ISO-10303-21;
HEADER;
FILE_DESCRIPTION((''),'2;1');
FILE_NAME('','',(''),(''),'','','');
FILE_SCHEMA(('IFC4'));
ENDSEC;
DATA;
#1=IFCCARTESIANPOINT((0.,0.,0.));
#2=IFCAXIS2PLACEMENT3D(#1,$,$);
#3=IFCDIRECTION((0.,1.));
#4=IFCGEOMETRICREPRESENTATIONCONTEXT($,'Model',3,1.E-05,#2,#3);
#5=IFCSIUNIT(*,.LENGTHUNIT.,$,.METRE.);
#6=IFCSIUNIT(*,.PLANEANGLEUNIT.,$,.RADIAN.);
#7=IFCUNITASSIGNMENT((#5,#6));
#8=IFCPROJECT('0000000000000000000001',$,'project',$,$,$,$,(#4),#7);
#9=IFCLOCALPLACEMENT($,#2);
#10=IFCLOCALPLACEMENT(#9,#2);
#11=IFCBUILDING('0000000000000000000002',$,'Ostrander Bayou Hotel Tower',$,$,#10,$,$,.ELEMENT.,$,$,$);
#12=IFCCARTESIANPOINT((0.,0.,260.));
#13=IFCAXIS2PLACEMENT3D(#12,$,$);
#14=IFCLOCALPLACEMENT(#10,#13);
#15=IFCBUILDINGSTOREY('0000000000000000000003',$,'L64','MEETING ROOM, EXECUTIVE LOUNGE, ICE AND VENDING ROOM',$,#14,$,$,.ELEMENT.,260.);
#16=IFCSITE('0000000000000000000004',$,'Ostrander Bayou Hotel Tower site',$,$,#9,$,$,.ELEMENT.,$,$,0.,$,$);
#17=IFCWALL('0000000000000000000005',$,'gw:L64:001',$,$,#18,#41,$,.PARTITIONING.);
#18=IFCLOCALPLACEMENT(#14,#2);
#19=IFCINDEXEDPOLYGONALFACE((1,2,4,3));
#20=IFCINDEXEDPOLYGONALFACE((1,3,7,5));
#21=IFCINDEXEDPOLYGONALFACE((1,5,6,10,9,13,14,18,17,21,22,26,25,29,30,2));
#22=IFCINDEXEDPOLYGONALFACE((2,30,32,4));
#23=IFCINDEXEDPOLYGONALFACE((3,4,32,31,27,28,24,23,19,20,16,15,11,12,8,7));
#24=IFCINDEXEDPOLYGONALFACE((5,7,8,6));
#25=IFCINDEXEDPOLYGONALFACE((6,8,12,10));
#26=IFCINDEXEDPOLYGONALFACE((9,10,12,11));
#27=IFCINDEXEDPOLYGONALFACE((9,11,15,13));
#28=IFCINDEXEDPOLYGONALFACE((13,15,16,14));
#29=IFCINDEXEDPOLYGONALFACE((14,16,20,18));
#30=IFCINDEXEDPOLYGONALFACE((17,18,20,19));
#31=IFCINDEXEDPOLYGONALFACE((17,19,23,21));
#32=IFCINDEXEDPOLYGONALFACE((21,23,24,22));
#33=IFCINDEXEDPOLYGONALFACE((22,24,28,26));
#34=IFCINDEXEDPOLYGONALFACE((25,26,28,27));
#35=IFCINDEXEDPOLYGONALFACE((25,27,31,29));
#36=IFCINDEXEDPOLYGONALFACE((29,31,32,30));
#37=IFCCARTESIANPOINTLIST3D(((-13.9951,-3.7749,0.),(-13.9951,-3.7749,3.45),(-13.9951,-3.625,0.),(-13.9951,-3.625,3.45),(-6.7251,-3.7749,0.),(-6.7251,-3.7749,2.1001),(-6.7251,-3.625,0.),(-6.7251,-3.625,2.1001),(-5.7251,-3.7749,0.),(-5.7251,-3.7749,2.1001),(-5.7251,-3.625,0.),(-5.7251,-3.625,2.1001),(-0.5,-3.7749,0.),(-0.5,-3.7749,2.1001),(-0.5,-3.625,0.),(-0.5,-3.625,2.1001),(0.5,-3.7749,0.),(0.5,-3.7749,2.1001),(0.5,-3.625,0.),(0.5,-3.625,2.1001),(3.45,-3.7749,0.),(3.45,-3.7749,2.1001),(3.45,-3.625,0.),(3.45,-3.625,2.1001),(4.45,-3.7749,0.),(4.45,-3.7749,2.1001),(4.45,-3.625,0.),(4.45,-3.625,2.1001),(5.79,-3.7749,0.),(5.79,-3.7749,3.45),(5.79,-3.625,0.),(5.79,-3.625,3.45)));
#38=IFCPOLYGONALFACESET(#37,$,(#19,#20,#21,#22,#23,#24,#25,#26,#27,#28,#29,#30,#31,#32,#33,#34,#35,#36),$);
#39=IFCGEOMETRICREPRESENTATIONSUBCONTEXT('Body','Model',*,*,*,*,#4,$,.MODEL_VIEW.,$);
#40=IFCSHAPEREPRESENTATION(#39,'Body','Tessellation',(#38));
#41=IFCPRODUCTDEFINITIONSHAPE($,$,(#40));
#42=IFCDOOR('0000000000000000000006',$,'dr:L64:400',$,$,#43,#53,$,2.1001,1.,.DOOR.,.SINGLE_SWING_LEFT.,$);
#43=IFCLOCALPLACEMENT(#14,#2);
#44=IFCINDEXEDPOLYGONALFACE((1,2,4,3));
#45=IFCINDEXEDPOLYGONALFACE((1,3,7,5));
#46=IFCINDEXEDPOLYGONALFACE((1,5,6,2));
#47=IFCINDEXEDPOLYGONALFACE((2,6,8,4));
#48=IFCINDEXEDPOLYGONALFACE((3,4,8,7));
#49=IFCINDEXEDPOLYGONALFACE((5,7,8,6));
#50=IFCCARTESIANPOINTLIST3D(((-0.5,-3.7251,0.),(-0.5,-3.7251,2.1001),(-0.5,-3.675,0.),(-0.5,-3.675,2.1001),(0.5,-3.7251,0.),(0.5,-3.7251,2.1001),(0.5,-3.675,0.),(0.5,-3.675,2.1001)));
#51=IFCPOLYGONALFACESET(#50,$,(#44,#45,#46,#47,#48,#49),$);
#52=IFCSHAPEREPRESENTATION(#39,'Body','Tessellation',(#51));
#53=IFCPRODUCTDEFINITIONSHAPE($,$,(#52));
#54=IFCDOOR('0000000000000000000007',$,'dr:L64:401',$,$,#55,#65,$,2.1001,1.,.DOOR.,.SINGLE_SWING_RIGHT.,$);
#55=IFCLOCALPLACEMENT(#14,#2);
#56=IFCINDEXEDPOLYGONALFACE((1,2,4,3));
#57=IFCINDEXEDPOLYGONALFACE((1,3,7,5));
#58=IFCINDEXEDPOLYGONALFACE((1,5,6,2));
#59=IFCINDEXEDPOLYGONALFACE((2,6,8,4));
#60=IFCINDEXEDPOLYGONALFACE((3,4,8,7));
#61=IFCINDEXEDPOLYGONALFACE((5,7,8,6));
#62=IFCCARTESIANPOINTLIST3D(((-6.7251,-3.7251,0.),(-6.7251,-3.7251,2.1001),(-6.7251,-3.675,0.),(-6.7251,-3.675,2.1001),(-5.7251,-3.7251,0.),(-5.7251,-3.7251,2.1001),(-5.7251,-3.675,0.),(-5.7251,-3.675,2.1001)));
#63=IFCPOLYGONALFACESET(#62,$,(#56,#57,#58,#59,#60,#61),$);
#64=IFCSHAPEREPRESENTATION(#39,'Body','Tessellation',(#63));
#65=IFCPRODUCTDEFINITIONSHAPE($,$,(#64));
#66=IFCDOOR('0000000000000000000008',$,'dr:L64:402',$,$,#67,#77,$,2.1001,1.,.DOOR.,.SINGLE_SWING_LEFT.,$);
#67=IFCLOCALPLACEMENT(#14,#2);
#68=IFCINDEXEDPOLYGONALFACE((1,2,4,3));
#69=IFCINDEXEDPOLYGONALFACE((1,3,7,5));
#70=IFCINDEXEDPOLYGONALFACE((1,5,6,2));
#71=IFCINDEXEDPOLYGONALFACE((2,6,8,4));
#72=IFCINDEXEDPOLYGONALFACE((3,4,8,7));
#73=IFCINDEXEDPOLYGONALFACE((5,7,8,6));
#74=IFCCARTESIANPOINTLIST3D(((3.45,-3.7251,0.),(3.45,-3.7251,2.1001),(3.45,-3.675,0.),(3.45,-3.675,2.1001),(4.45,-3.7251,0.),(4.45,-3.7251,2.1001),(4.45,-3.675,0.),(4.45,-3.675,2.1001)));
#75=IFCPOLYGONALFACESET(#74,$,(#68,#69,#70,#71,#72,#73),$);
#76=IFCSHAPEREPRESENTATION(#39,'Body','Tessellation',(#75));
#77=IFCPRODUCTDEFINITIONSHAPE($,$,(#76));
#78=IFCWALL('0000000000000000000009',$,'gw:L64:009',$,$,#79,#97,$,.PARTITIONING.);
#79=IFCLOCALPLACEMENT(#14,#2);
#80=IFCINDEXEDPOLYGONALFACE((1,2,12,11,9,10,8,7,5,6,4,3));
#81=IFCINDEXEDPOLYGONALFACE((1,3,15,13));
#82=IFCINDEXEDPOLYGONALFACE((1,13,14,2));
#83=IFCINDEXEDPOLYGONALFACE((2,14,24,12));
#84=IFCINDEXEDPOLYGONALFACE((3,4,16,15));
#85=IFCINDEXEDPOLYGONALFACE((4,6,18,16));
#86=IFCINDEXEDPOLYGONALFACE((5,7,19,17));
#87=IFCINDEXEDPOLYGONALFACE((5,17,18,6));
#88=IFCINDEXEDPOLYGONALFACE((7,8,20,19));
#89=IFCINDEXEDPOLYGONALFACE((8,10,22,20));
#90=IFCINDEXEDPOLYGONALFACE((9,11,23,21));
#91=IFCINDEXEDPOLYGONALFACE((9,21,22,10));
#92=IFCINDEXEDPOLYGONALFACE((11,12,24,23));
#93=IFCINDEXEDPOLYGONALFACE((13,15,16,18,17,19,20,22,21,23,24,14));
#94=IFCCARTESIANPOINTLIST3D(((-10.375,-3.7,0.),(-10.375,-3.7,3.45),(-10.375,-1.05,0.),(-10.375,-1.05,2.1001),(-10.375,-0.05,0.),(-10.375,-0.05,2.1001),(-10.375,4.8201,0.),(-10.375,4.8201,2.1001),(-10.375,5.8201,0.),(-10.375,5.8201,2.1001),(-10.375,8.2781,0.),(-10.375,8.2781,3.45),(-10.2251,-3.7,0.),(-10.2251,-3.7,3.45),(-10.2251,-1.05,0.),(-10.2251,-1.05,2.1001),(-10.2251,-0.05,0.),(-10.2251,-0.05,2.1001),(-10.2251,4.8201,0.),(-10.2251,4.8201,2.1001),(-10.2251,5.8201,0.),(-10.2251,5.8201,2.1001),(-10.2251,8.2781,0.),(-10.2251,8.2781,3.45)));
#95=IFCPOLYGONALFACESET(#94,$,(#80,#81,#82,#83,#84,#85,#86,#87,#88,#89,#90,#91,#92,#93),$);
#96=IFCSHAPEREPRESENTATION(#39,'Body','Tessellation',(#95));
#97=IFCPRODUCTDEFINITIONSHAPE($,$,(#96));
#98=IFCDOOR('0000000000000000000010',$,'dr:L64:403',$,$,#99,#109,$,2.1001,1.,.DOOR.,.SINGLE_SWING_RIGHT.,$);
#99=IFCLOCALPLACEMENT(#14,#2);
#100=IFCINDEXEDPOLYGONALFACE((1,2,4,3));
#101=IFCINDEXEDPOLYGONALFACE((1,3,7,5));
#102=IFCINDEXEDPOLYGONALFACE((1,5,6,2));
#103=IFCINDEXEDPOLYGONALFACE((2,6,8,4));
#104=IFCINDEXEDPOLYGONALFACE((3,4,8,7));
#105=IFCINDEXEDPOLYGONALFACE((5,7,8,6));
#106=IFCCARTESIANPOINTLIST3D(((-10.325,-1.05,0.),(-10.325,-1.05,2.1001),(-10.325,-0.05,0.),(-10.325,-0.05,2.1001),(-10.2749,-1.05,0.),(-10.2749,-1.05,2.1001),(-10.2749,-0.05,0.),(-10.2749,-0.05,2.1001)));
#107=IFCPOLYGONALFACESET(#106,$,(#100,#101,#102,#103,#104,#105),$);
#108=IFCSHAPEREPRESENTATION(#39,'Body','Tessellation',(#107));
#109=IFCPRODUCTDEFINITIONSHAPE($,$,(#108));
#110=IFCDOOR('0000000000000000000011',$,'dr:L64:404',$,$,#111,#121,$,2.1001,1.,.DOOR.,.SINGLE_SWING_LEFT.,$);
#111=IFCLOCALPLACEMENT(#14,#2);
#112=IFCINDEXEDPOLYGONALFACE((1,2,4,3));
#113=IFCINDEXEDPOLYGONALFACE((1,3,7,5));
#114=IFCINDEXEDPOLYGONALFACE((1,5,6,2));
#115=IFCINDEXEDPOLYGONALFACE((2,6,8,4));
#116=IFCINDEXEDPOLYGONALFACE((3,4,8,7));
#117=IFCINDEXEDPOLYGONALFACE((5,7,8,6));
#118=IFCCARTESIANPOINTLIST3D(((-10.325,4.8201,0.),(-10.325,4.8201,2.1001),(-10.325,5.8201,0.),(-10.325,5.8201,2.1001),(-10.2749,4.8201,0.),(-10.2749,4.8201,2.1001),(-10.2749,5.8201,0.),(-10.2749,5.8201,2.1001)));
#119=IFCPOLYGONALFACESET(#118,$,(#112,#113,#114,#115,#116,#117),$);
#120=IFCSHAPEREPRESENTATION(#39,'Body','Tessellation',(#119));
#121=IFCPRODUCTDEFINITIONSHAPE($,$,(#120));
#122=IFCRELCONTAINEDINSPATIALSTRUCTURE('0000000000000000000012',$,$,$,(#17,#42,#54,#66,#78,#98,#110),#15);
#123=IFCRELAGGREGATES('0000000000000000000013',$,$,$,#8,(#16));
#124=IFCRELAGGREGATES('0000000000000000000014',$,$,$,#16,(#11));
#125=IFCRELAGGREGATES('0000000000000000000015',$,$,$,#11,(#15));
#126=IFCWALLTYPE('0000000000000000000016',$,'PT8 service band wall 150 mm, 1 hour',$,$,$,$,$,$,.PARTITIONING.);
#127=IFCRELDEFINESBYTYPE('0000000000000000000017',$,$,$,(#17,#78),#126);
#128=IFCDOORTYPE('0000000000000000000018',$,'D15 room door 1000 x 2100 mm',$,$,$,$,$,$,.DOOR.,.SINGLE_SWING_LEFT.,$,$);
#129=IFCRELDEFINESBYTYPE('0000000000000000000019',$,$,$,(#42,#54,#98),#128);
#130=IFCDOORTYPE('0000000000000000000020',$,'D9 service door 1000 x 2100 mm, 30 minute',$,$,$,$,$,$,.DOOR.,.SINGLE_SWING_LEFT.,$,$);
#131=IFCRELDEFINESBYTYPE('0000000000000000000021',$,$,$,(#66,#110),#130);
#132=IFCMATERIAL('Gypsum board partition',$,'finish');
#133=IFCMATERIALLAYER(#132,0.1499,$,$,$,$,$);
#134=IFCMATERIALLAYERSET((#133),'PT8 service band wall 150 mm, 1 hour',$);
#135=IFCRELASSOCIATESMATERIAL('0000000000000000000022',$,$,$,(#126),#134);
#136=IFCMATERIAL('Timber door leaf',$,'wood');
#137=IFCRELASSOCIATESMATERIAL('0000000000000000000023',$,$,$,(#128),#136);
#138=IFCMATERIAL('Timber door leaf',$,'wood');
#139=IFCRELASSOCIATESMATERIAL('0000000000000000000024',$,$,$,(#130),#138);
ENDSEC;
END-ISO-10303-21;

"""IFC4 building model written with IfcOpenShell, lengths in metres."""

from ifc_helpers import new_model, si_unit, direction, frame, frame_2d, origin, place, context, subcontext, project, spatial, rectangle, extrude, material, layer, layer_set, type_object, element, fill, save


model = new_model("IFC4")

# Units and contexts
model_context = context("Model", 3, precision=1e-05, world=origin(), true_north=direction((0.0, 1.0)))
body_context = subcontext(model_context, "Body", "Model", "MODEL_VIEW")
ifc_project = project(units=[si_unit("LENGTHUNIT", "METRE"), si_unit("PLANEANGLEUNIT", "RADIAN")], contexts=[model_context])

# Site, building, storey
site_placement = place(None, origin())
site = spatial("IfcSite", under=ifc_project, at=site_placement, Name="Ostrander Bayou Hotel Tower site", CompositionType="ELEMENT", RefElevation=0.0)
building_placement = place(site_placement, origin())
building = spatial("IfcBuilding", under=site, at=building_placement, Name="Ostrander Bayou Hotel Tower", CompositionType="ELEMENT")
storey_placement = place(building_placement, frame((0.0, 0.0, 260.0)))
storey = spatial("IfcBuildingStorey", under=building, at=storey_placement, Name="L64", Description="MEETING ROOM, EXECUTIVE LOUNGE, ICE AND VENDING ROOM", CompositionType="ELEMENT", Elevation=260.0)

# Walls, openings, doors
ifc_material_1 = material(Name="Gypsum board partition", Category="finish")
ifc_layer_1 = layer(ifc_material_1, 0.1499)
ifc_layer_set_1 = layer_set([ifc_layer_1], Name="PT8 service band wall 150 mm, 1 hour")
wall_type_1 = type_object("IfcWallType", Name="PT8 service band wall 150 mm, 1 hour", PredefinedType="PARTITIONING", material=ifc_layer_set_1)
wall_1_placement = place(storey_placement, frame((-13.9951, -3.7, 0.0), z_axis=(0.0, 0.0, 1.0), x_axis=(1.0, 0.0, 0.0)))
wall_1 = element("IfcWall", 1, at=wall_1_placement, inside=storey, type_object=wall_type_1, Name="gw:L64:001", PredefinedType="PARTITIONING", context=body_context, shape_type="SweptSolid", body=[
    extrude(rectangle(XDim=19.7852, YDim=0.1499, at=frame_2d((9.8926, 0.0))), origin(), (0.0, 0.0, 1.0), 3.45),
])
opening_1_placement = place(wall_1_placement, frame((13.4951, 0.0, 0.0)))
opening_1 = element("IfcOpeningElement", 2, at=opening_1_placement, cuts=wall_1, PredefinedType="OPENING", context=body_context, shape_type="SweptSolid", body=[
    extrude(rectangle(XDim=1.0, YDim=2.1001, at=frame_2d((0.5, 1.05))), frame((0.0, 0.075, 0.0), z_axis=(0.0, -1.0, 0.0), x_axis=(1.0, 0.0, 0.0)), (0.0, 0.0, 1.0), 0.1499),
])
opening_2_placement = place(wall_1_placement, frame((7.27, 0.0, 0.0)))
opening_2 = element("IfcOpeningElement", 3, at=opening_2_placement, cuts=wall_1, PredefinedType="OPENING", context=body_context, shape_type="SweptSolid", body=[
    extrude(rectangle(XDim=1.0, YDim=2.1001, at=frame_2d((0.5, 1.05))), frame((0.0, 0.075, 0.0), z_axis=(0.0, -1.0, 0.0), x_axis=(1.0, 0.0, 0.0)), (0.0, 0.0, 1.0), 0.1499),
])
opening_3_placement = place(wall_1_placement, frame((17.4451, 0.0, 0.0)))
opening_3 = element("IfcOpeningElement", 4, at=opening_3_placement, cuts=wall_1, PredefinedType="OPENING", context=body_context, shape_type="SweptSolid", body=[
    extrude(rectangle(XDim=1.0, YDim=2.1001, at=frame_2d((0.5, 1.05))), frame((0.0, 0.075, 0.0), z_axis=(0.0, -1.0, 0.0), x_axis=(1.0, 0.0, 0.0)), (0.0, 0.0, 1.0), 0.1499),
])
ifc_material_2 = material(Name="Timber door leaf", Category="wood")
door_type_1 = type_object("IfcDoorType", Name="D15 room door 1000 x 2100 mm", OperationType="SINGLE_SWING_LEFT", PredefinedType="DOOR", material=ifc_material_2)
door_1_placement = place(opening_1_placement, origin())
door_1 = element("IfcDoor", 5, at=door_1_placement, inside=storey, type_object=door_type_1, Name="dr:L64:400", OperationType="SINGLE_SWING_LEFT", OverallHeight=2.1001, OverallWidth=1.0, PredefinedType="DOOR", context=body_context, shape_type="SweptSolid", body=[
    extrude(rectangle(XDim=1.0, YDim=2.1001, at=frame_2d((0.5, 1.05))), frame((0.0, 0.0249, 0.0), z_axis=(0.0, -1.0, 0.0), x_axis=(1.0, 0.0, 0.0)), (0.0, 0.0, 1.0), 0.05),
])
fill(opening_1, door_1)
door_2_placement = place(opening_2_placement, origin())
door_2 = element("IfcDoor", 6, at=door_2_placement, inside=storey, type_object=door_type_1, Name="dr:L64:401", OperationType="SINGLE_SWING_RIGHT", OverallHeight=2.1001, OverallWidth=1.0, PredefinedType="DOOR", context=body_context, shape_type="SweptSolid", body=[
    extrude(rectangle(XDim=1.0, YDim=2.1001, at=frame_2d((0.5, 1.05))), frame((0.0, 0.0249, 0.0), z_axis=(0.0, -1.0, 0.0), x_axis=(1.0, 0.0, 0.0)), (0.0, 0.0, 1.0), 0.05),
])
fill(opening_2, door_2)
ifc_material_3 = material(Name="Timber door leaf", Category="wood")
door_type_2 = type_object("IfcDoorType", Name="D9 service door 1000 x 2100 mm, 30 minute", OperationType="SINGLE_SWING_LEFT", PredefinedType="DOOR", material=ifc_material_3)
door_3_placement = place(opening_3_placement, origin())
door_3 = element("IfcDoor", 7, at=door_3_placement, inside=storey, type_object=door_type_2, Name="dr:L64:402", OperationType="SINGLE_SWING_LEFT", OverallHeight=2.1001, OverallWidth=1.0, PredefinedType="DOOR", context=body_context, shape_type="SweptSolid", body=[
    extrude(rectangle(XDim=1.0, YDim=2.1001, at=frame_2d((0.5, 1.05))), frame((0.0, 0.0249, 0.0), z_axis=(0.0, -1.0, 0.0), x_axis=(1.0, 0.0, 0.0)), (0.0, 0.0, 1.0), 0.05),
])
fill(opening_3, door_3)
wall_2_placement = place(storey_placement, frame((-10.3, -3.7, 0.0), z_axis=(0.0, 0.0, 1.0), x_axis=(0.0, 1.0, 0.0)))
wall_2 = element("IfcWall", 8, at=wall_2_placement, inside=storey, type_object=wall_type_1, Name="gw:L64:009", PredefinedType="PARTITIONING", context=body_context, shape_type="SweptSolid", body=[
    extrude(rectangle(XDim=11.978, YDim=0.1499, at=frame_2d((5.989, 0.0))), origin(), (0.0, 0.0, 1.0), 3.45),
])
opening_4_placement = place(wall_2_placement, frame((2.6499, 0.0, 0.0)))
opening_4 = element("IfcOpeningElement", 9, at=opening_4_placement, cuts=wall_2, PredefinedType="OPENING", context=body_context, shape_type="SweptSolid", body=[
    extrude(rectangle(XDim=1.0, YDim=2.1001, at=frame_2d((0.5, 1.05))), frame((0.0, 0.075, 0.0), z_axis=(0.0, -1.0, 0.0), x_axis=(1.0, 0.0, 0.0)), (0.0, 0.0, 1.0), 0.1499),
])
opening_5_placement = place(wall_2_placement, frame((8.52, 0.0, 0.0)))
opening_5 = element("IfcOpeningElement", 10, at=opening_5_placement, cuts=wall_2, PredefinedType="OPENING", context=body_context, shape_type="SweptSolid", body=[
    extrude(rectangle(XDim=1.0, YDim=2.1001, at=frame_2d((0.5, 1.05))), frame((0.0, 0.075, 0.0), z_axis=(0.0, -1.0, 0.0), x_axis=(1.0, 0.0, 0.0)), (0.0, 0.0, 1.0), 0.1499),
])
door_4_placement = place(opening_4_placement, origin())
door_4 = element("IfcDoor", 11, at=door_4_placement, inside=storey, type_object=door_type_1, Name="dr:L64:403", OperationType="SINGLE_SWING_RIGHT", OverallHeight=2.1001, OverallWidth=1.0, PredefinedType="DOOR", context=body_context, shape_type="SweptSolid", body=[
    extrude(rectangle(XDim=1.0, YDim=2.1001, at=frame_2d((0.5, 1.05))), frame((0.0, 0.0249, 0.0), z_axis=(0.0, -1.0, 0.0), x_axis=(1.0, 0.0, 0.0)), (0.0, 0.0, 1.0), 0.05),
])
fill(opening_4, door_4)
door_5_placement = place(opening_5_placement, origin())
door_5 = element("IfcDoor", 12, at=door_5_placement, inside=storey, type_object=door_type_2, Name="dr:L64:404", OperationType="SINGLE_SWING_LEFT", OverallHeight=2.1001, OverallWidth=1.0, PredefinedType="DOOR", context=body_context, shape_type="SweptSolid", body=[
    extrude(rectangle(XDim=1.0, YDim=2.1001, at=frame_2d((0.5, 1.05))), frame((0.0, 0.0249, 0.0), z_axis=(0.0, -1.0, 0.0), x_axis=(1.0, 0.0, 0.0)), (0.0, 0.0, 1.0), 0.05),
])
fill(opening_5, door_5)

save(model, "model.ifc")
